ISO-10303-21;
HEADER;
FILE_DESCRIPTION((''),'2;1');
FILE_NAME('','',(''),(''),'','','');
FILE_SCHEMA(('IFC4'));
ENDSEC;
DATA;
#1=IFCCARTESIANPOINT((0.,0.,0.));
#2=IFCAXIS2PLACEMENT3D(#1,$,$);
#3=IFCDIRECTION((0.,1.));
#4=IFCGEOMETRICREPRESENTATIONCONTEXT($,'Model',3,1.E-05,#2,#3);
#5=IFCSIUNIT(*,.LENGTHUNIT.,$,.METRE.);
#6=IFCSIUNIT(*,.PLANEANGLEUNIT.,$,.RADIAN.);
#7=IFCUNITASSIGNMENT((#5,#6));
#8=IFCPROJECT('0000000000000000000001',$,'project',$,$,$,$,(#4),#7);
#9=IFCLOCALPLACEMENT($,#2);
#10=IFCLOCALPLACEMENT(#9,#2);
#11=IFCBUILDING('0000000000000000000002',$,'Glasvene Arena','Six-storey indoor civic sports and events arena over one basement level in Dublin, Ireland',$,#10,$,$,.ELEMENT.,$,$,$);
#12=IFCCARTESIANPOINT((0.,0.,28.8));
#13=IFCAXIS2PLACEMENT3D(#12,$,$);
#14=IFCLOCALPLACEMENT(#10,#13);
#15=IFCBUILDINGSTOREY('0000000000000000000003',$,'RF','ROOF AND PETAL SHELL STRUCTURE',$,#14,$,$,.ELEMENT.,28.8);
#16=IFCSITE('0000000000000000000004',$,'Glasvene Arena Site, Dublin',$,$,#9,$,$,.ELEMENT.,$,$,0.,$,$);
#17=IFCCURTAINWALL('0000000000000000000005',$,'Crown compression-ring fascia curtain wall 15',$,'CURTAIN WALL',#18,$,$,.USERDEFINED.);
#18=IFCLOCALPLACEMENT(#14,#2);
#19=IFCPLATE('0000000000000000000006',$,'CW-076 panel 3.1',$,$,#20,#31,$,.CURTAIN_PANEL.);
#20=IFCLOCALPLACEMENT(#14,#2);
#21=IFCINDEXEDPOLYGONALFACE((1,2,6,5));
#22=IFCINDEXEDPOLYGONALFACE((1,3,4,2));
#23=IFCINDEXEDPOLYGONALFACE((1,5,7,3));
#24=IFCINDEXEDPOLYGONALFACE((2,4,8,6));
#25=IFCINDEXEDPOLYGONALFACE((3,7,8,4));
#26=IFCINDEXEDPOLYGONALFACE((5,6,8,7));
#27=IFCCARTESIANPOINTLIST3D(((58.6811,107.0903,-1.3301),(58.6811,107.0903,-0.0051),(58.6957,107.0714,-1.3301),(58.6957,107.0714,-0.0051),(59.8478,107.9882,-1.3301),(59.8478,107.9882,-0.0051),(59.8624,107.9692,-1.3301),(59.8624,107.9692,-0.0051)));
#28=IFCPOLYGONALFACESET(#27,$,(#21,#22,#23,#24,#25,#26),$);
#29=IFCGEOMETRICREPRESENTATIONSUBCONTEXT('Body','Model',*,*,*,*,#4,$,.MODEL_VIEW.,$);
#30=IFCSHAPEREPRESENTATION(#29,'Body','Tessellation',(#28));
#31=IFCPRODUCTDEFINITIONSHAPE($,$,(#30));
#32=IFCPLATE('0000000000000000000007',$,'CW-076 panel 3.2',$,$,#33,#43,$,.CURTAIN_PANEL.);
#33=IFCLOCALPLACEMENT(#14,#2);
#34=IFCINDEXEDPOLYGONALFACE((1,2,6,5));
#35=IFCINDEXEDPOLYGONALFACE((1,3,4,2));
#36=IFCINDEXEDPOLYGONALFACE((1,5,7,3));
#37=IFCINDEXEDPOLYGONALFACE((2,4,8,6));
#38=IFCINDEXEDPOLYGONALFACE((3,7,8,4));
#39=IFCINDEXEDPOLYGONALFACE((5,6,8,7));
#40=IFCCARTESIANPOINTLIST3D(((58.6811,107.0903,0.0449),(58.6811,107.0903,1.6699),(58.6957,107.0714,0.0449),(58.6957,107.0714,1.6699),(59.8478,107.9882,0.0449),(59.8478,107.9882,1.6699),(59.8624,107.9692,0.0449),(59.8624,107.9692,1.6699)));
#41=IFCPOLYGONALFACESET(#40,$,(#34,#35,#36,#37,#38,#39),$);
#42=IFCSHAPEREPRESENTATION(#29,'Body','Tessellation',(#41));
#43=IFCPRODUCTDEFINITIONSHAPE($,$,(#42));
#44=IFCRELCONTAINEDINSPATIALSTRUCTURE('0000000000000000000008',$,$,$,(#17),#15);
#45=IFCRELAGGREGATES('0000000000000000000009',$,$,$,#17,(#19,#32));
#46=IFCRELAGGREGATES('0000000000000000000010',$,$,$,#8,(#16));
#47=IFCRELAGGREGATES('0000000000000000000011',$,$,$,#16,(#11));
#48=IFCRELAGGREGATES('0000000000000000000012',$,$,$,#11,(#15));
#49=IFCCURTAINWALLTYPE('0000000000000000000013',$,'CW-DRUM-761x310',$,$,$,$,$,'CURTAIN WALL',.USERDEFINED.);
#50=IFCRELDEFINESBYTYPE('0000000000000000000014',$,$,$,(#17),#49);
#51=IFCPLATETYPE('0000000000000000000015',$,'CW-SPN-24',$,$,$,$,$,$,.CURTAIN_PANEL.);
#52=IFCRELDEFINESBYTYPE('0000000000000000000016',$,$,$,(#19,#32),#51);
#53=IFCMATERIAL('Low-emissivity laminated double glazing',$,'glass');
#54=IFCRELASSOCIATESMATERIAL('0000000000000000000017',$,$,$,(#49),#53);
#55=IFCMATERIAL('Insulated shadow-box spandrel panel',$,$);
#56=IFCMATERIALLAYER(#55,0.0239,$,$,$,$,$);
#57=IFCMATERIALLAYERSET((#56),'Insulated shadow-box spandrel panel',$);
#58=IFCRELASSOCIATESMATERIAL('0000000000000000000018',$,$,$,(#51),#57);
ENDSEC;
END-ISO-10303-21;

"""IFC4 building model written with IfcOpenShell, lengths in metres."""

from ifc_helpers import new_model, si_unit, direction, frame, origin, origin_2d, place, context, subcontext, project, spatial, rectangle, extrude, material, layer, layer_set, type_object, element, aggregate, save


model = new_model("IFC4")

# Units and contexts
model_context = context("Model", 3, precision=1e-05, world=origin(), true_north=direction((0.0, 1.0)))
body_context = subcontext(model_context, "Body", "Model", "MODEL_VIEW")
ifc_project = project(units=[si_unit("LENGTHUNIT", "METRE"), si_unit("PLANEANGLEUNIT", "RADIAN")], contexts=[model_context])

# Site, building, storey
site_placement = place(None, origin())
site = spatial("IfcSite", under=ifc_project, at=site_placement, Name="Glasvene Arena Site, Dublin", CompositionType="ELEMENT", RefElevation=0.0)
building_placement = place(site_placement, origin())
building = spatial("IfcBuilding", under=site, at=building_placement, Name="Glasvene Arena", Description="Six-storey indoor civic sports and events arena over one basement level in Dublin, Ireland", CompositionType="ELEMENT")
storey_placement = place(building_placement, frame((0.0, 0.0, 28.8)))
storey = spatial("IfcBuildingStorey", under=building, at=storey_placement, Name="RF", Description="ROOF AND PETAL SHELL STRUCTURE", CompositionType="ELEMENT", Elevation=28.8)

# Curtain wall
ifc_material_1 = material(Name="Low-emissivity laminated double glazing", Category="glass")
curtain_wall_type_1 = type_object("IfcCurtainWallType", Name="CW-DRUM-761x310", ElementType="CURTAIN WALL", PredefinedType="USERDEFINED", material=ifc_material_1)
curtain_wall_1_placement = place(storey_placement, frame((62.2876, 109.8506, 0.0)))
curtain_wall_1 = element("IfcCurtainWall", 1, at=curtain_wall_1_placement, inside=storey, type_object=curtain_wall_type_1, Name="Crown compression-ring fascia curtain wall 15", ObjectType="CURTAIN WALL", PredefinedType="USERDEFINED")

# Plates
ifc_material_2 = material(Name="Insulated shadow-box spandrel panel")
ifc_layer_1 = layer(ifc_material_2, 0.0239)
ifc_layer_set_1 = layer_set([ifc_layer_1], Name="Insulated shadow-box spandrel panel")
plate_type_1 = type_object("IfcPlateType", Name="CW-SPN-24", PredefinedType="CURTAIN_PANEL", material=ifc_layer_set_1)
plate_1_placement = place(storey_placement, frame((59.2717, 107.5298, -1.3301), z_axis=(0.0, 0.0, 1.0), x_axis=(-0.792482, -0.609895, 0.0)))
plate_1 = element("IfcPlate", 2, at=plate_1_placement, type_object=plate_type_1, Name="CW-076 panel 3.1", PredefinedType="CURTAIN_PANEL", context=body_context, shape_type="SweptSolid", body=[
    extrude(rectangle(XDim=1.4722, YDim=0.0239, at=origin_2d()), origin(), (0.0, 0.0, 1.0), 1.325),
])
plate_2_placement = place(storey_placement, frame((59.2717, 107.5298, 0.0449), z_axis=(0.0, 0.0, 1.0), x_axis=(-0.792482, -0.609895, 0.0)))
plate_2 = element("IfcPlate", 3, at=plate_2_placement, type_object=plate_type_1, Name="CW-076 panel 3.2", PredefinedType="CURTAIN_PANEL", context=body_context, shape_type="SweptSolid", body=[
    extrude(rectangle(XDim=1.4722, YDim=0.0239, at=origin_2d()), origin(), (0.0, 0.0, 1.0), 1.625),
])
aggregate(curtain_wall_1, [plate_1, plate_2])

save(model, "model.ifc")
